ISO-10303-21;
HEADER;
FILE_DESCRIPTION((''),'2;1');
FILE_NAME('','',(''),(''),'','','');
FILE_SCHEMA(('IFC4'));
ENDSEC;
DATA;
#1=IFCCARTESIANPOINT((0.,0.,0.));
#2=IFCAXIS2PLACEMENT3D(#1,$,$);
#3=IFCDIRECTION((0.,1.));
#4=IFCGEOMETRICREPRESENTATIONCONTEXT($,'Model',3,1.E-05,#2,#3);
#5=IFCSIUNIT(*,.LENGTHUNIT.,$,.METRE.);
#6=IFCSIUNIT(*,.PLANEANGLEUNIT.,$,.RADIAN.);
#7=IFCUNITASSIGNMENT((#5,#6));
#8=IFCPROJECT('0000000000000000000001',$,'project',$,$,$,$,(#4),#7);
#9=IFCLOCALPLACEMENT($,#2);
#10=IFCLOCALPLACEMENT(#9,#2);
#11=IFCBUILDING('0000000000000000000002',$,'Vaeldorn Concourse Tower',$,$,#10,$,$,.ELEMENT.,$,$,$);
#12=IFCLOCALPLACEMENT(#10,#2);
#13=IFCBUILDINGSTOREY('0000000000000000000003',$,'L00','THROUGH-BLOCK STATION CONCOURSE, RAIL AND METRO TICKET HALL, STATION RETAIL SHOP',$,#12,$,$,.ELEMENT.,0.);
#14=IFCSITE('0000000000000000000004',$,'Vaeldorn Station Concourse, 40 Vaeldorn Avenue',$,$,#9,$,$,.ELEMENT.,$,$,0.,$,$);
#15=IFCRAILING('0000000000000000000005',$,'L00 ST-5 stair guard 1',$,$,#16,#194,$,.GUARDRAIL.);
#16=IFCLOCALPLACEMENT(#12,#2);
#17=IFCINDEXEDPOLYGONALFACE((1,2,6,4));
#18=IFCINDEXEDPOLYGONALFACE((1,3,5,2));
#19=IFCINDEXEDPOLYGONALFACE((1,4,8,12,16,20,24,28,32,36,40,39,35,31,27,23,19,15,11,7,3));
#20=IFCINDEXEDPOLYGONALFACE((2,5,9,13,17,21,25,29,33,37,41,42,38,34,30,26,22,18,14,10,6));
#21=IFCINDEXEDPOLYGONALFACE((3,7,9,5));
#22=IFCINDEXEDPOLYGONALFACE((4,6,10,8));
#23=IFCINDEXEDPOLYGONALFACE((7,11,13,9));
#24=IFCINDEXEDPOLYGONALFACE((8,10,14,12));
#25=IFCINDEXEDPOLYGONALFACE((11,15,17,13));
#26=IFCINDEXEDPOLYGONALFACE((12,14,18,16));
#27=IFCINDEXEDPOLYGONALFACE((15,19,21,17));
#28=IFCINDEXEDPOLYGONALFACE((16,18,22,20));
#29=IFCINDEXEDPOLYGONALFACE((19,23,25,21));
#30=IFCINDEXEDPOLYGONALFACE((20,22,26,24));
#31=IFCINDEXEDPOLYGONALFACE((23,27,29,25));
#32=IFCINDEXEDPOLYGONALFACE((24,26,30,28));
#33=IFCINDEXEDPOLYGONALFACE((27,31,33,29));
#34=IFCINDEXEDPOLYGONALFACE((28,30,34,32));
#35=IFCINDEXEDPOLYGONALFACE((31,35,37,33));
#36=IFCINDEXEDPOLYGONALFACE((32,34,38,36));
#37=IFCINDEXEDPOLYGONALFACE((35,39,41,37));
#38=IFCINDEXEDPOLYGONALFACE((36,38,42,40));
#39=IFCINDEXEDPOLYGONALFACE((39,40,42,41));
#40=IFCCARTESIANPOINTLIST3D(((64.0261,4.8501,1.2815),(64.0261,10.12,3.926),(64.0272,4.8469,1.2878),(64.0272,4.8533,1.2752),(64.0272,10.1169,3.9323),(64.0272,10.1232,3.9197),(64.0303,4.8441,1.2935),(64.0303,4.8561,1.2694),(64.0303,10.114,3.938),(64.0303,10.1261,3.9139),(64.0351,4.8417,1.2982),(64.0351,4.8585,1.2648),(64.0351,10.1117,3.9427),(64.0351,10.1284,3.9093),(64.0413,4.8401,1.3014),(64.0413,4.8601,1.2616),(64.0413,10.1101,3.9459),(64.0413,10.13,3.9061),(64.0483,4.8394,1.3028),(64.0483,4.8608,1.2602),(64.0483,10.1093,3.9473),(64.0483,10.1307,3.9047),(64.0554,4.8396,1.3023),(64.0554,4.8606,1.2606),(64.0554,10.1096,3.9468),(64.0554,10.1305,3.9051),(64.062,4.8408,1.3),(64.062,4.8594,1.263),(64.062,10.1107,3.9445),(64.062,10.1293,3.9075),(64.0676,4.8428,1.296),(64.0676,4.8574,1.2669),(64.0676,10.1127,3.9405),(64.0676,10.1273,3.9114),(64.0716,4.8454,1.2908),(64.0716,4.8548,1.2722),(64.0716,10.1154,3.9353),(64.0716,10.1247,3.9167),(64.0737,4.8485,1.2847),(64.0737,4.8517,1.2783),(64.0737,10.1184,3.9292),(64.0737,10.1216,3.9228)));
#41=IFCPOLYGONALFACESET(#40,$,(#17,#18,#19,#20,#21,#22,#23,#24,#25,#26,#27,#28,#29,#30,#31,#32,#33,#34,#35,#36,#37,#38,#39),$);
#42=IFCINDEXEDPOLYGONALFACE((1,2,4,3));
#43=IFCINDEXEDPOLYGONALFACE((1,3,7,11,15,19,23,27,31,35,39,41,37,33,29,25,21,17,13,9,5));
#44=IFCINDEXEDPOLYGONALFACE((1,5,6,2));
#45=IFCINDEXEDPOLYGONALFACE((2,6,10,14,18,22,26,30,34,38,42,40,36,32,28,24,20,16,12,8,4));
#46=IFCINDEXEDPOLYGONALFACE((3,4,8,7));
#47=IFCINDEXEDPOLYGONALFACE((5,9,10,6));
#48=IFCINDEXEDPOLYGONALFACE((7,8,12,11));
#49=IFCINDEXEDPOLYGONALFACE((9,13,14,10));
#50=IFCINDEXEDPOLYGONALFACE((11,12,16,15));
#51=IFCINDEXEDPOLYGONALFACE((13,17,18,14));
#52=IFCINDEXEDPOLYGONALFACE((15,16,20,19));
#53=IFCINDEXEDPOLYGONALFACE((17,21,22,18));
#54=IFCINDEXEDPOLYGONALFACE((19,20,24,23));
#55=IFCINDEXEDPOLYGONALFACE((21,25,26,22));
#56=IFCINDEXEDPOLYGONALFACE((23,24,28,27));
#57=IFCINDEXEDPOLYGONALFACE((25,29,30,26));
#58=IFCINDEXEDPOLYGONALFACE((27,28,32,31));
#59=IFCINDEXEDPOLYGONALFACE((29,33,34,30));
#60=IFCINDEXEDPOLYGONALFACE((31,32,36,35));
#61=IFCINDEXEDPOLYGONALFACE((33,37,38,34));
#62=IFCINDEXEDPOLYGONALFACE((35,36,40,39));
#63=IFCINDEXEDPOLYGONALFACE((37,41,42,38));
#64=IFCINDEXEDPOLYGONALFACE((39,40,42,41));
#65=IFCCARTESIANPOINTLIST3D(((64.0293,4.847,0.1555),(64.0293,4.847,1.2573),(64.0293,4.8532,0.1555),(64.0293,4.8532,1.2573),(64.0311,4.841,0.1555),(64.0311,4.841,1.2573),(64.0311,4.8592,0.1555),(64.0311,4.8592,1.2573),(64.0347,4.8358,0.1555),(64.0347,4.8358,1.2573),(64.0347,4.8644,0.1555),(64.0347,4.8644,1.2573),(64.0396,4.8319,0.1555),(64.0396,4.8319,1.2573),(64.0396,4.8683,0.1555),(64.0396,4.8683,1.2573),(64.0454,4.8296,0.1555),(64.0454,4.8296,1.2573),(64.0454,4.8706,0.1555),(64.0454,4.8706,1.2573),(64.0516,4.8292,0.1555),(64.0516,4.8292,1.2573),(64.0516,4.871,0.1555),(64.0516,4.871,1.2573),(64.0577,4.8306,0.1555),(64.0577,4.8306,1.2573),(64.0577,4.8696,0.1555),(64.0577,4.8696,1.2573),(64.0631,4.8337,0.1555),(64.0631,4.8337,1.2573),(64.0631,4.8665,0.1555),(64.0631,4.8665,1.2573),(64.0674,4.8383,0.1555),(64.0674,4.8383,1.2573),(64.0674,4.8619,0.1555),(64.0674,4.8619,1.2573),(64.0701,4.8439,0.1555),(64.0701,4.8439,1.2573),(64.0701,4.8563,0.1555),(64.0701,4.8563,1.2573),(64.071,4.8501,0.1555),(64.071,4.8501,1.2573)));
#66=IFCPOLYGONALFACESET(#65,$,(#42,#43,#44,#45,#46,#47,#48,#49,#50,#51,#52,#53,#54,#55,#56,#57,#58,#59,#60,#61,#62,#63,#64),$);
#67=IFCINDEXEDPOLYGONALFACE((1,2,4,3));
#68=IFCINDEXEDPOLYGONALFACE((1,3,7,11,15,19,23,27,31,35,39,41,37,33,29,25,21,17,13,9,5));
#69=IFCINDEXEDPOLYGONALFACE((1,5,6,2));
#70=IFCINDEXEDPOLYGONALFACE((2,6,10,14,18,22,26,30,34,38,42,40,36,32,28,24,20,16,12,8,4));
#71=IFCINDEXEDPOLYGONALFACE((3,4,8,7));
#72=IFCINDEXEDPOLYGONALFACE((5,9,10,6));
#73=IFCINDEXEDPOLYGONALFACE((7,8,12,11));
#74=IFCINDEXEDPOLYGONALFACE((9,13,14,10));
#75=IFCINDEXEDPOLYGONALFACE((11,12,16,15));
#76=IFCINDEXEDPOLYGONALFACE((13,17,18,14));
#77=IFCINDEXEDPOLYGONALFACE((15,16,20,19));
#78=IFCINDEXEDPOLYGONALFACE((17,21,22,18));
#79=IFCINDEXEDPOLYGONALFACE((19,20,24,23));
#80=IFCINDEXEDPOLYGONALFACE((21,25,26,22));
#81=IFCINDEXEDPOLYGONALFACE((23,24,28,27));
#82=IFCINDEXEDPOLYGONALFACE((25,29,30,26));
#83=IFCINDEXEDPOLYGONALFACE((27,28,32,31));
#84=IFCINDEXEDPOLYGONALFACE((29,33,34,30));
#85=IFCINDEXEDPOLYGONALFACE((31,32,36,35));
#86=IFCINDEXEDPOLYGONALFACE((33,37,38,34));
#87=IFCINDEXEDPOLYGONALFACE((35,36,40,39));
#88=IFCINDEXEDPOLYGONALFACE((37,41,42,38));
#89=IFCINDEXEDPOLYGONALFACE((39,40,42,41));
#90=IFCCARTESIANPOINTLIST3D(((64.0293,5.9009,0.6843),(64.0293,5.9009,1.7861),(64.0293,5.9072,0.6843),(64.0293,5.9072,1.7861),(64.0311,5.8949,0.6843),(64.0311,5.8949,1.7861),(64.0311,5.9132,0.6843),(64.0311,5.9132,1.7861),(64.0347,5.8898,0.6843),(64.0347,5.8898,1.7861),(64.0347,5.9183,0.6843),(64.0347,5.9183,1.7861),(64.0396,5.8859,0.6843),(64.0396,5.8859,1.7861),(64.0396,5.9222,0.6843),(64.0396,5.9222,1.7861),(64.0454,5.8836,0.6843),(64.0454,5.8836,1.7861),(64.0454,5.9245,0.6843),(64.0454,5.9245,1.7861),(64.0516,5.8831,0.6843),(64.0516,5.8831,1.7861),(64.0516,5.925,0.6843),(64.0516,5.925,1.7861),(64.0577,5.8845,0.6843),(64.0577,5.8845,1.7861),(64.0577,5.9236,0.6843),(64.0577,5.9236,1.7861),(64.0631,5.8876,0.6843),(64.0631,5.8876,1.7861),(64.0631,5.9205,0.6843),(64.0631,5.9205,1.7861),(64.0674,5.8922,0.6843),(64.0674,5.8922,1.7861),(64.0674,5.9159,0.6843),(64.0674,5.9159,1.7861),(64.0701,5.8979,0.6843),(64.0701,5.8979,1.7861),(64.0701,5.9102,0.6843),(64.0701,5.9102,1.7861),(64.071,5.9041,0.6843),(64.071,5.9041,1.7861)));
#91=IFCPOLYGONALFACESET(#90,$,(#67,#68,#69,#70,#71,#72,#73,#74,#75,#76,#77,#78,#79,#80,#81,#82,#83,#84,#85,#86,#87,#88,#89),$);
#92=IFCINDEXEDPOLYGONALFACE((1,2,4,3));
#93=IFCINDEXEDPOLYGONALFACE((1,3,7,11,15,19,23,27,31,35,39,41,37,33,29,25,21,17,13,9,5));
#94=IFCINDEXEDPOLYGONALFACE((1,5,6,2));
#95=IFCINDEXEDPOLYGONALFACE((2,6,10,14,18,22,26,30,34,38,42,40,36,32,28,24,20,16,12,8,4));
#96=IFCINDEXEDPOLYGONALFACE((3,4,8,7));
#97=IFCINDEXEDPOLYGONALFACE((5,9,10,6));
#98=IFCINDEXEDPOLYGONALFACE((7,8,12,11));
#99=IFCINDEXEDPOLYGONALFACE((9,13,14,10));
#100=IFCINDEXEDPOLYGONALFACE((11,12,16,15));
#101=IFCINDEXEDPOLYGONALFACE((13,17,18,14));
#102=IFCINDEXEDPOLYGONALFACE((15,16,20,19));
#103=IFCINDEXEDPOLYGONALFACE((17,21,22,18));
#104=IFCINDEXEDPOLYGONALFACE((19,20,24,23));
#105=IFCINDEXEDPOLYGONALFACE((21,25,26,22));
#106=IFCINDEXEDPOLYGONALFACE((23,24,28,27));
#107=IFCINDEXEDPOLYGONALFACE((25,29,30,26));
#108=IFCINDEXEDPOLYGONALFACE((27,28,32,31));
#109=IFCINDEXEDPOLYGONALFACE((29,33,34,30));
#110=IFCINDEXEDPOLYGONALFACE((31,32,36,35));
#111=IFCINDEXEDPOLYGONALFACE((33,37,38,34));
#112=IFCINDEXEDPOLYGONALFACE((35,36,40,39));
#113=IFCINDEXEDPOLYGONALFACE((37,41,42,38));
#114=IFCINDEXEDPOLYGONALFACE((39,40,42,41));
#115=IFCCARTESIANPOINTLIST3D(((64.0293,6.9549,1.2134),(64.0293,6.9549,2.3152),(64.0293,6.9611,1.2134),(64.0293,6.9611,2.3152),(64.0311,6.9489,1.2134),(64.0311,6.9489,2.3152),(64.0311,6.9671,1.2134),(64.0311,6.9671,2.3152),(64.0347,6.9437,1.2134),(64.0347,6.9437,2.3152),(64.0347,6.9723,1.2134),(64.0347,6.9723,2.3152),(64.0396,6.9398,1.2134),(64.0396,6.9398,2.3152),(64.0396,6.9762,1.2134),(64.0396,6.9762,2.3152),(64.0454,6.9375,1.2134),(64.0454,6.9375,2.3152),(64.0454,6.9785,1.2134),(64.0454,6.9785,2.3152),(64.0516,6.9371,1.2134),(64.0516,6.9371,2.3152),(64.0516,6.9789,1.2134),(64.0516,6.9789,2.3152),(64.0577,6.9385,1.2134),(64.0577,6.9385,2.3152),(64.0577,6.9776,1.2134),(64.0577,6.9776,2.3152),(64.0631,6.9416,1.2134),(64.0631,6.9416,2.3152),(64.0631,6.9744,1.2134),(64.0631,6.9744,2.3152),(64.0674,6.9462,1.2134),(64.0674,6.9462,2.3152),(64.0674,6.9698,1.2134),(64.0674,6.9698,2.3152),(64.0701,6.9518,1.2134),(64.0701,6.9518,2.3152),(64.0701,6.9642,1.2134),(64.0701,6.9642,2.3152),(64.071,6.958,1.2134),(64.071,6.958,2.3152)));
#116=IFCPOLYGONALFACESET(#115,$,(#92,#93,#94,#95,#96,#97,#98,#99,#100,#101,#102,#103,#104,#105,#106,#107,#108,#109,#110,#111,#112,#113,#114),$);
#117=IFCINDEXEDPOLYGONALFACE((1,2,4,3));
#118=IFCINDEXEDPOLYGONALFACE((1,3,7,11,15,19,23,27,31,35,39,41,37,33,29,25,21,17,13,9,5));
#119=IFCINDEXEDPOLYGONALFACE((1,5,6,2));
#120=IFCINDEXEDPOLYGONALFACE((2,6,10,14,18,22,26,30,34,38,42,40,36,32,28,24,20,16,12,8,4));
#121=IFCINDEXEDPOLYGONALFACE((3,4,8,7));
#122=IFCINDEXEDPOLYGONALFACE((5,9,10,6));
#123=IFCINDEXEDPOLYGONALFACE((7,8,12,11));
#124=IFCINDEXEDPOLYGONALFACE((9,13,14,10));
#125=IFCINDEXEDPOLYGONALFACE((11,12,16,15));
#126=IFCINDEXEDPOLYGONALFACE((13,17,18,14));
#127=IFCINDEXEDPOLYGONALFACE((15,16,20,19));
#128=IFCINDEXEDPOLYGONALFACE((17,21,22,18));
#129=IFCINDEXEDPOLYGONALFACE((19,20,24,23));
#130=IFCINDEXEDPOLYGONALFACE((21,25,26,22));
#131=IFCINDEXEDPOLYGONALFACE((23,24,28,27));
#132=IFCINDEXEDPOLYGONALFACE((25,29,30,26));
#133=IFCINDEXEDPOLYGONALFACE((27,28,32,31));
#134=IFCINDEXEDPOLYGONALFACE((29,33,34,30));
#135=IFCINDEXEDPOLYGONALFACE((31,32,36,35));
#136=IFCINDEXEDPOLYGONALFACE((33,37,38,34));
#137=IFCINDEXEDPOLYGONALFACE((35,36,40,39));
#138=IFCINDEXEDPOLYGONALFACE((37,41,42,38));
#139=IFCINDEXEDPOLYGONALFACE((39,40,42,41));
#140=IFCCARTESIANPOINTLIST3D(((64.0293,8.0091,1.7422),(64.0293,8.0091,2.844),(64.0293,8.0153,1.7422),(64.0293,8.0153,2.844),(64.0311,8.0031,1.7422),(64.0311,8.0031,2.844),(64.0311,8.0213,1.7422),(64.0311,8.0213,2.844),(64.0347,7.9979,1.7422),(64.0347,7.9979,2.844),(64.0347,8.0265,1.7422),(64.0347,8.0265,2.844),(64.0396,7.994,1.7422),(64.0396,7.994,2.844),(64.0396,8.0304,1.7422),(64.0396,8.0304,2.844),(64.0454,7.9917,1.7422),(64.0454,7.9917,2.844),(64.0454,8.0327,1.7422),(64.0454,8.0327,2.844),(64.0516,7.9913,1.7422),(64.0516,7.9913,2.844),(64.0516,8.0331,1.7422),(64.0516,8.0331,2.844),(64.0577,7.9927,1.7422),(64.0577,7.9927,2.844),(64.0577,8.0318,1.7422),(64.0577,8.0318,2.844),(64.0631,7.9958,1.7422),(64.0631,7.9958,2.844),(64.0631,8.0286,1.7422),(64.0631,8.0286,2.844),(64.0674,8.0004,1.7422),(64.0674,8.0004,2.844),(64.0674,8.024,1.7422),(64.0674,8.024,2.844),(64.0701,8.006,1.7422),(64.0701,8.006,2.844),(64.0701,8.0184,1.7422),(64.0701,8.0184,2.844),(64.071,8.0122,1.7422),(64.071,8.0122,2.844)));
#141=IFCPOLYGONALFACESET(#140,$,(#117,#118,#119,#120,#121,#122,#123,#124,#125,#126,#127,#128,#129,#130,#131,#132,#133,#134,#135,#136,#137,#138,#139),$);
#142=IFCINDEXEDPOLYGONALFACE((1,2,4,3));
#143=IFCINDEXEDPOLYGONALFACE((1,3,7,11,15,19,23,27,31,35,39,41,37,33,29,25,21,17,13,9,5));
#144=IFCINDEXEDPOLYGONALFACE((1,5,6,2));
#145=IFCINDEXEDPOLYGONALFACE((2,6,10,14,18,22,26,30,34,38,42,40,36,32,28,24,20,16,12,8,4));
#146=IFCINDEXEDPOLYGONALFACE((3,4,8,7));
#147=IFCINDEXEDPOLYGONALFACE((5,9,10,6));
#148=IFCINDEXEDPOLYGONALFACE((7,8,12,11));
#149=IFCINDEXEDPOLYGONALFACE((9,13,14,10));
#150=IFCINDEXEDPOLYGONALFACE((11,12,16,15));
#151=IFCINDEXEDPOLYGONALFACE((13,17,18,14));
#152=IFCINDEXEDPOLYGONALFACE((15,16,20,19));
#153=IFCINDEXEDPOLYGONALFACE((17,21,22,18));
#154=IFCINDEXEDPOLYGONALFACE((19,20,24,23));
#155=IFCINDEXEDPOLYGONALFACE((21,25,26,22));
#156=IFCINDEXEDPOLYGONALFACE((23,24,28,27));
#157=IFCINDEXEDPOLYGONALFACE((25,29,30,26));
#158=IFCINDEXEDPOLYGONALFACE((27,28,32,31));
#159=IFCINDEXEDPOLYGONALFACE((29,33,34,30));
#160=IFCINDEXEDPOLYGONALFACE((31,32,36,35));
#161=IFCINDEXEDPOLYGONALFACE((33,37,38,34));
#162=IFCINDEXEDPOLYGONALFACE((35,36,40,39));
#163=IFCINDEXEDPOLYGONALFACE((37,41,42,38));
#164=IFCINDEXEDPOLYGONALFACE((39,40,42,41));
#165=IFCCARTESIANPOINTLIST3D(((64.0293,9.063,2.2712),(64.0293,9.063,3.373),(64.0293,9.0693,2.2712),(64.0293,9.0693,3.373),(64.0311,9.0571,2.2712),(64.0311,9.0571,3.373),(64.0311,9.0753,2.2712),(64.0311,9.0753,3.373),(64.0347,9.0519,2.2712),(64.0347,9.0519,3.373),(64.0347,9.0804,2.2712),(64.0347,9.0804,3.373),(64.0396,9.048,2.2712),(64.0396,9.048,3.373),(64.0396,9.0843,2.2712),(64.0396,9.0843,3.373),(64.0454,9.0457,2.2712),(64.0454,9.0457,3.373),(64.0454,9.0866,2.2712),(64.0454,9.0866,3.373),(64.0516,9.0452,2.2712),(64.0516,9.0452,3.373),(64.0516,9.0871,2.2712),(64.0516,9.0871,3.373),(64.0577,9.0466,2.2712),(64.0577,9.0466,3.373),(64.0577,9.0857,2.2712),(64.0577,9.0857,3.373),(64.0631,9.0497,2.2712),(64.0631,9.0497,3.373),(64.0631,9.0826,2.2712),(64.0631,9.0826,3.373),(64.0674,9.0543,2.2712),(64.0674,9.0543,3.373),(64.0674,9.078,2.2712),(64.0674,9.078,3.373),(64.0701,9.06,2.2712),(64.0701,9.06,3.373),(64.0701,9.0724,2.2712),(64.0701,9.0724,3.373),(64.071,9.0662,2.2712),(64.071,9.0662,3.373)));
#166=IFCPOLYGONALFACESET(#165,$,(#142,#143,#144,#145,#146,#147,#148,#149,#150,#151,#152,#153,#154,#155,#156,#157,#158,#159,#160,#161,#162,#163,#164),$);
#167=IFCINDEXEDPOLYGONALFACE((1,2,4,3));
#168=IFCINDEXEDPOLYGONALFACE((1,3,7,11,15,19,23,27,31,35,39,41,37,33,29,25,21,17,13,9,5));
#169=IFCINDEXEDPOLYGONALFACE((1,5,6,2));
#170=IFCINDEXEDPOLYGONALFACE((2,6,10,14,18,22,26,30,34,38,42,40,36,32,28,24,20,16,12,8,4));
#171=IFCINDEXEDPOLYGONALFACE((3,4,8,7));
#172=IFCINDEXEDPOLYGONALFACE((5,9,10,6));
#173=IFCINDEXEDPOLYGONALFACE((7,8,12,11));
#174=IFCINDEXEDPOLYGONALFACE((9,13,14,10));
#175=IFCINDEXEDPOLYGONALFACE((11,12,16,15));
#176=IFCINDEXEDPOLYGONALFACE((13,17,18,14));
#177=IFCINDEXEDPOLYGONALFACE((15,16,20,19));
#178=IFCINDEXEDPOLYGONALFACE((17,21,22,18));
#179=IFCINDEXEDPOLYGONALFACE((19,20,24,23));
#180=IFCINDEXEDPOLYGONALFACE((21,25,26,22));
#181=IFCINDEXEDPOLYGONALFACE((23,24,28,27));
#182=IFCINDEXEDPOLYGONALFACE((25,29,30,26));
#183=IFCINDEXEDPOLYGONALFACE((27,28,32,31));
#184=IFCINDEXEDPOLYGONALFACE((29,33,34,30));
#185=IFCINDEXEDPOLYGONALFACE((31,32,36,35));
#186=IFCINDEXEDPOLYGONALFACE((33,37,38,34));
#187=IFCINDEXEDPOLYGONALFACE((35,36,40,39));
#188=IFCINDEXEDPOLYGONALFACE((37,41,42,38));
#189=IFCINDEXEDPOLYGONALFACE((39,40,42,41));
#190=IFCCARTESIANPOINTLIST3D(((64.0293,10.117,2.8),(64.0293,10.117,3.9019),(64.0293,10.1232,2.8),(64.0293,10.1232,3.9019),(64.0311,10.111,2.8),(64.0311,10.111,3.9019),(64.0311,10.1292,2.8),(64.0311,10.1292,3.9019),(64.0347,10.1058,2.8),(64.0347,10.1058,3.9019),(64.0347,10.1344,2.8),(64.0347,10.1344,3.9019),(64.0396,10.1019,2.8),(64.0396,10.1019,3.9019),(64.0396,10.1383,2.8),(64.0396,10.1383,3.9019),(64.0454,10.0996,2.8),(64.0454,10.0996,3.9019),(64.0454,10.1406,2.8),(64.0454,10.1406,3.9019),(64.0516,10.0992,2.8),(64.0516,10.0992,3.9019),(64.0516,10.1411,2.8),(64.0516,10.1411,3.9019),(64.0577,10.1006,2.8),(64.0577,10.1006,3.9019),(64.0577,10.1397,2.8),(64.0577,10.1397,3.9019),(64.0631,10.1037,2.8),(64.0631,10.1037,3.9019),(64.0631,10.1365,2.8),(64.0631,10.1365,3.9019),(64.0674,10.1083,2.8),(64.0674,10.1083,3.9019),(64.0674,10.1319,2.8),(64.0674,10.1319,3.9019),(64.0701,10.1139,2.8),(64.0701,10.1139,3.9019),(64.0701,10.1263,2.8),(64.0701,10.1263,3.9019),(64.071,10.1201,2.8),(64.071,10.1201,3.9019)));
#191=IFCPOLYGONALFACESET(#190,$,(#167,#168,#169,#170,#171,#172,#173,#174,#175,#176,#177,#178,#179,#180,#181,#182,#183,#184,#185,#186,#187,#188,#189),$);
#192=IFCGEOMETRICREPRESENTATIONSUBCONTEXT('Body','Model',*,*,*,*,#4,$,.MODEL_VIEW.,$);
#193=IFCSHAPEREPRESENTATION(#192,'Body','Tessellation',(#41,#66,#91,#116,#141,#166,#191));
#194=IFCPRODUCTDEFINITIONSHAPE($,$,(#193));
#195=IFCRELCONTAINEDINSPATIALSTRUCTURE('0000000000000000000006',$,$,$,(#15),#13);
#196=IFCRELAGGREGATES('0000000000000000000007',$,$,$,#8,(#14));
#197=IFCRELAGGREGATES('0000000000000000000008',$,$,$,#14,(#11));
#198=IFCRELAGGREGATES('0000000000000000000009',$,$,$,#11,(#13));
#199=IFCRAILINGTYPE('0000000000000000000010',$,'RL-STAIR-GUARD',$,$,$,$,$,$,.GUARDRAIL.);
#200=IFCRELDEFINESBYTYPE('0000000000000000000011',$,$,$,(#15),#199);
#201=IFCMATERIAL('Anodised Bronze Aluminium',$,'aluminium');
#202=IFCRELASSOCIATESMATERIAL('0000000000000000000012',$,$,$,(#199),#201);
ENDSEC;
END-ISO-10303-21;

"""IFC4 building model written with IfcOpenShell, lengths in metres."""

from ifc_helpers import new_model, si_unit, direction, frame, origin, origin_2d, place, context, subcontext, project, spatial, circle, extrude, material, type_object, element, save


model = new_model("IFC4")

# Units and contexts
model_context = context("Model", 3, precision=1e-05, world=origin(), true_north=direction((0.0, 1.0)))
body_context = subcontext(model_context, "Body", "Model", "MODEL_VIEW")
ifc_project = project(units=[si_unit("LENGTHUNIT", "METRE"), si_unit("PLANEANGLEUNIT", "RADIAN")], contexts=[model_context])

# Site, building, storey
site_placement = place(None, origin())
site = spatial("IfcSite", under=ifc_project, at=site_placement, Name="Vaeldorn Station Concourse, 40 Vaeldorn Avenue", CompositionType="ELEMENT", RefElevation=0.0)
building_placement = place(site_placement, origin())
building = spatial("IfcBuilding", under=site, at=building_placement, Name="Vaeldorn Concourse Tower", CompositionType="ELEMENT")
storey_placement = place(building_placement, origin())
storey = spatial("IfcBuildingStorey", under=building, at=storey_placement, Name="L00", Description="THROUGH-BLOCK STATION CONCOURSE, RAIL AND METRO TICKET HALL, STATION RETAIL SHOP", CompositionType="ELEMENT", Elevation=0.0)

# Shared definitions
ifc_material_1 = material(Name="Anodised Bronze Aluminium", Category="aluminium")

# Railing
railing_type_1 = type_object("IfcRailingType", Name="RL-STAIR-GUARD", PredefinedType="GUARDRAIL", material=ifc_material_1)
railing_1_placement = place(storey_placement, frame((64.05, 4.8501, 0.1555)))
element("IfcRailing", 1, at=railing_1_placement, inside=storey, type_object=railing_type_1, Name="L00 ST-5 stair guard 1", PredefinedType="GUARDRAIL", context=body_context, shape_type="SweptSolid", body=[
    extrude(circle(Radius=0.0239, at=origin_2d()), frame((0.0, 0.0, 1.126), z_axis=(0.0, 0.89378, 0.448505), x_axis=(-1.0, 0.0, 0.0)), (0.0, 0.0, 1.0), 5.8962),
    extrude(circle(Radius=0.021, at=origin_2d()), origin(), (0.0, 0.0, 1.0), 1.1018),
    extrude(circle(Radius=0.021, at=origin_2d()), frame((0.0, 1.054, 0.5288)), (0.0, 0.0, 1.0), 1.1018),
    extrude(circle(Radius=0.021, at=origin_2d()), frame((0.0, 2.1079, 1.0579)), (0.0, 0.0, 1.0), 1.1018),
    extrude(circle(Radius=0.021, at=origin_2d()), frame((0.0, 3.1621, 1.5867)), (0.0, 0.0, 1.0), 1.1018),
    extrude(circle(Radius=0.021, at=origin_2d()), frame((0.0, 4.2161, 2.1157)), (0.0, 0.0, 1.0), 1.1018),
    extrude(circle(Radius=0.021, at=origin_2d()), frame((0.0, 5.27, 2.6445)), (0.0, 0.0, 1.0), 1.1018),
])

save(model, "model.ifc")
